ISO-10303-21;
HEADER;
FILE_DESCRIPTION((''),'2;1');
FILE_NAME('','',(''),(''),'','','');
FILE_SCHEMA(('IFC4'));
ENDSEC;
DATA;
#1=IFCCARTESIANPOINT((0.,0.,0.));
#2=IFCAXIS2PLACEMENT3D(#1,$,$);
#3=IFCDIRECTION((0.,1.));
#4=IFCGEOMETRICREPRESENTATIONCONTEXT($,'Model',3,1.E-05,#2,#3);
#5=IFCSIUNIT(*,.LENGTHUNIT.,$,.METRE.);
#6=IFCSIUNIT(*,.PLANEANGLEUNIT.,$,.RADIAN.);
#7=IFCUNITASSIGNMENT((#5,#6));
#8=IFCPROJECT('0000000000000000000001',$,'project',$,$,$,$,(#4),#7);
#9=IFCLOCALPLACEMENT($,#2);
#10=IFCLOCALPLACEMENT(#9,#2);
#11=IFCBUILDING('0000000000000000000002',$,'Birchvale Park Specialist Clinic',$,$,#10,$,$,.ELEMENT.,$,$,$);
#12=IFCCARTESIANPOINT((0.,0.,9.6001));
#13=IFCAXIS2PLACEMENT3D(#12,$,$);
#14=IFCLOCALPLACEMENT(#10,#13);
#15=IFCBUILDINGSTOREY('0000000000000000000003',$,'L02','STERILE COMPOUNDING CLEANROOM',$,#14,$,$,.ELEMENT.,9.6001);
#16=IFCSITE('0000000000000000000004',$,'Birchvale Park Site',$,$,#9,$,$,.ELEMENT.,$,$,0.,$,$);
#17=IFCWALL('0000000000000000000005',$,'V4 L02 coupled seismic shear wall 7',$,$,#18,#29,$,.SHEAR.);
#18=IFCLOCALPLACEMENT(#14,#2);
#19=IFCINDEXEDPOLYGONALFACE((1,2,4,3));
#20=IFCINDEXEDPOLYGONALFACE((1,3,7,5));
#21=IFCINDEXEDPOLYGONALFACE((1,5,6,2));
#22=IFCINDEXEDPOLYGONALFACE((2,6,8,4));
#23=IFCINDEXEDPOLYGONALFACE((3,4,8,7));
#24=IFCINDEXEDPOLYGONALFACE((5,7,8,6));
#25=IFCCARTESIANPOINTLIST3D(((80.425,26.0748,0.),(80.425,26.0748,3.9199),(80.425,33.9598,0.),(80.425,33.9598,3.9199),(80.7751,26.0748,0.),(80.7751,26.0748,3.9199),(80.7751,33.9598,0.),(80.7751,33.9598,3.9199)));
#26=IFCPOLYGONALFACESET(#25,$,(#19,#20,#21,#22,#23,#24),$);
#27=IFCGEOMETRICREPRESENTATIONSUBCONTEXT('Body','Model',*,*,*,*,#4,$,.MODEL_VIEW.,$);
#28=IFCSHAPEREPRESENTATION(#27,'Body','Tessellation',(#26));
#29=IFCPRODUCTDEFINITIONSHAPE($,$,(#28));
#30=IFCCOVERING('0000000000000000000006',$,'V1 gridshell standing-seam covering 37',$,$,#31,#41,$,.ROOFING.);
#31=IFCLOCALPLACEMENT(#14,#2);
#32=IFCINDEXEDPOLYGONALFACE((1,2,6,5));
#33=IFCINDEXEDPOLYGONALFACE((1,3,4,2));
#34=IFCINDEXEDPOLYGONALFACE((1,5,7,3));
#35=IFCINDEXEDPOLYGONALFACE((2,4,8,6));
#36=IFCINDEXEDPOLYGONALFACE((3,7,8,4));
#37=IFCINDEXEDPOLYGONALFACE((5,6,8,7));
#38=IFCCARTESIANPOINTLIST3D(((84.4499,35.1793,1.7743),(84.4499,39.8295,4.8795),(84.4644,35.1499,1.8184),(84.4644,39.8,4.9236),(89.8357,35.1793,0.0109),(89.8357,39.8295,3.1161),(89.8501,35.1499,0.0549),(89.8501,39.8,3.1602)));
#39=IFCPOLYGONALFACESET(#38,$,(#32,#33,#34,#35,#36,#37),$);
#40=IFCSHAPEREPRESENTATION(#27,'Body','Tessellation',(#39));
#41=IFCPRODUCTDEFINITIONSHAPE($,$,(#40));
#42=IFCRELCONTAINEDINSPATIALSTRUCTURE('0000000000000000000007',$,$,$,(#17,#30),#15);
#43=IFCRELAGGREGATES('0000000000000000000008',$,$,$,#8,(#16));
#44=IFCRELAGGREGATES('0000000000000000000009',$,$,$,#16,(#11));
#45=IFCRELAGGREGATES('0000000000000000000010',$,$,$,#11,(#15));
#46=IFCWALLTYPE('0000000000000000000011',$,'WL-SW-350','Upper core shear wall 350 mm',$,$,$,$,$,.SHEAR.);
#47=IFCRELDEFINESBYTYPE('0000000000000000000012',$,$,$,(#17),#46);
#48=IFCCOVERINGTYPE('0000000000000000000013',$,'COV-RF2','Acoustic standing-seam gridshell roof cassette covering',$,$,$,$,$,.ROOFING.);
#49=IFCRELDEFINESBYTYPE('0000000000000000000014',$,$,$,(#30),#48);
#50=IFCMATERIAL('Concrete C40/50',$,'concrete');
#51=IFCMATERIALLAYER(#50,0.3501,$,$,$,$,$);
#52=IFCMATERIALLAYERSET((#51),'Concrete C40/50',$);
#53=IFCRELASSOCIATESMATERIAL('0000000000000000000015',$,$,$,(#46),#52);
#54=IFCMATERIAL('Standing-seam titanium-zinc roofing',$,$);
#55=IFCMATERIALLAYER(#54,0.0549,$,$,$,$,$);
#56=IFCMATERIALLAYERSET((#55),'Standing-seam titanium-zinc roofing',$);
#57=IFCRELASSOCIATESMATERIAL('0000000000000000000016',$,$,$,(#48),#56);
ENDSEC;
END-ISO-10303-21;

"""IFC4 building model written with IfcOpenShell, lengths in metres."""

from ifc_helpers import new_model, si_unit, direction, frame, frame_2d, origin, place, context, subcontext, project, spatial, polyline, rectangle, outline, extrude, material, layer, layer_set, type_object, element, save


model = new_model("IFC4")

# Units and contexts
model_context = context("Model", 3, precision=1e-05, world=origin(), true_north=direction((0.0, 1.0)))
body_context = subcontext(model_context, "Body", "Model", "MODEL_VIEW")
ifc_project = project(units=[si_unit("LENGTHUNIT", "METRE"), si_unit("PLANEANGLEUNIT", "RADIAN")], contexts=[model_context])

# Site, building, storey
site_placement = place(None, origin())
site = spatial("IfcSite", under=ifc_project, at=site_placement, Name="Birchvale Park Site", CompositionType="ELEMENT", RefElevation=0.0)
building_placement = place(site_placement, origin())
building = spatial("IfcBuilding", under=site, at=building_placement, Name="Birchvale Park Specialist Clinic", CompositionType="ELEMENT")
storey_placement = place(building_placement, frame((0.0, 0.0, 9.6001)))
storey = spatial("IfcBuildingStorey", under=building, at=storey_placement, Name="L02", Description="STERILE COMPOUNDING CLEANROOM", CompositionType="ELEMENT", Elevation=9.6001)

# Shared definitions
ifc_material_1 = material(Name="Concrete C40/50", Category="concrete")

# Wall
ifc_layer_1 = layer(ifc_material_1, 0.3501)
ifc_layer_set_1 = layer_set([ifc_layer_1], Name="Concrete C40/50")
wall_type_1 = type_object("IfcWallType", Name="WL-SW-350", Description="Upper core shear wall 350 mm", PredefinedType="SHEAR", material=ifc_layer_set_1)
wall_1_placement = place(storey_placement, frame((80.6001, 26.075, 0.0), z_axis=(0.0, 0.0, 1.0), x_axis=(0.0, 1.0, 0.0)))
element("IfcWall", 1, at=wall_1_placement, inside=storey, type_object=wall_type_1, Name="V4 L02 coupled seismic shear wall 7", PredefinedType="SHEAR", context=body_context, shape_type="SweptSolid", body=[
    extrude(rectangle(XDim=7.885, YDim=0.3501, at=frame_2d((3.9424, 0.0))), origin(), (0.0, 0.0, 1.0), 3.9199),
])

# Covering
ifc_material_2 = material(Name="Standing-seam titanium-zinc roofing")
ifc_layer_2 = layer(ifc_material_2, 0.0549)
ifc_layer_set_2 = layer_set([ifc_layer_2], Name="Standing-seam titanium-zinc roofing")
covering_type = type_object("IfcCoveringType", Name="COV-RF2", Description="Acoustic standing-seam gridshell roof cassette covering", PredefinedType="ROOFING", material=ifc_layer_set_2)
covering_placement = place(storey_placement, frame((84.4644, 35.1499, 1.8184), z_axis=(0.26273, -0.535826, 0.802411), x_axis=(0.950354, 0.0, -0.31117)))
element("IfcCovering", 2, at=covering_placement, inside=storey, type_object=covering_type, Name="V1 gridshell standing-seam covering 37", PredefinedType="ROOFING", context=body_context, shape_type="SweptSolid", body=[
    extrude(outline(polyline([(0.0, 0.0), (5.6671, 0.0), (4.7008, 5.5075), (-0.9663, 5.5075), (0.0, 0.0)])), origin(), (0.0, 0.0, -1.0), 0.0549),
])

save(model, "model.ifc")
